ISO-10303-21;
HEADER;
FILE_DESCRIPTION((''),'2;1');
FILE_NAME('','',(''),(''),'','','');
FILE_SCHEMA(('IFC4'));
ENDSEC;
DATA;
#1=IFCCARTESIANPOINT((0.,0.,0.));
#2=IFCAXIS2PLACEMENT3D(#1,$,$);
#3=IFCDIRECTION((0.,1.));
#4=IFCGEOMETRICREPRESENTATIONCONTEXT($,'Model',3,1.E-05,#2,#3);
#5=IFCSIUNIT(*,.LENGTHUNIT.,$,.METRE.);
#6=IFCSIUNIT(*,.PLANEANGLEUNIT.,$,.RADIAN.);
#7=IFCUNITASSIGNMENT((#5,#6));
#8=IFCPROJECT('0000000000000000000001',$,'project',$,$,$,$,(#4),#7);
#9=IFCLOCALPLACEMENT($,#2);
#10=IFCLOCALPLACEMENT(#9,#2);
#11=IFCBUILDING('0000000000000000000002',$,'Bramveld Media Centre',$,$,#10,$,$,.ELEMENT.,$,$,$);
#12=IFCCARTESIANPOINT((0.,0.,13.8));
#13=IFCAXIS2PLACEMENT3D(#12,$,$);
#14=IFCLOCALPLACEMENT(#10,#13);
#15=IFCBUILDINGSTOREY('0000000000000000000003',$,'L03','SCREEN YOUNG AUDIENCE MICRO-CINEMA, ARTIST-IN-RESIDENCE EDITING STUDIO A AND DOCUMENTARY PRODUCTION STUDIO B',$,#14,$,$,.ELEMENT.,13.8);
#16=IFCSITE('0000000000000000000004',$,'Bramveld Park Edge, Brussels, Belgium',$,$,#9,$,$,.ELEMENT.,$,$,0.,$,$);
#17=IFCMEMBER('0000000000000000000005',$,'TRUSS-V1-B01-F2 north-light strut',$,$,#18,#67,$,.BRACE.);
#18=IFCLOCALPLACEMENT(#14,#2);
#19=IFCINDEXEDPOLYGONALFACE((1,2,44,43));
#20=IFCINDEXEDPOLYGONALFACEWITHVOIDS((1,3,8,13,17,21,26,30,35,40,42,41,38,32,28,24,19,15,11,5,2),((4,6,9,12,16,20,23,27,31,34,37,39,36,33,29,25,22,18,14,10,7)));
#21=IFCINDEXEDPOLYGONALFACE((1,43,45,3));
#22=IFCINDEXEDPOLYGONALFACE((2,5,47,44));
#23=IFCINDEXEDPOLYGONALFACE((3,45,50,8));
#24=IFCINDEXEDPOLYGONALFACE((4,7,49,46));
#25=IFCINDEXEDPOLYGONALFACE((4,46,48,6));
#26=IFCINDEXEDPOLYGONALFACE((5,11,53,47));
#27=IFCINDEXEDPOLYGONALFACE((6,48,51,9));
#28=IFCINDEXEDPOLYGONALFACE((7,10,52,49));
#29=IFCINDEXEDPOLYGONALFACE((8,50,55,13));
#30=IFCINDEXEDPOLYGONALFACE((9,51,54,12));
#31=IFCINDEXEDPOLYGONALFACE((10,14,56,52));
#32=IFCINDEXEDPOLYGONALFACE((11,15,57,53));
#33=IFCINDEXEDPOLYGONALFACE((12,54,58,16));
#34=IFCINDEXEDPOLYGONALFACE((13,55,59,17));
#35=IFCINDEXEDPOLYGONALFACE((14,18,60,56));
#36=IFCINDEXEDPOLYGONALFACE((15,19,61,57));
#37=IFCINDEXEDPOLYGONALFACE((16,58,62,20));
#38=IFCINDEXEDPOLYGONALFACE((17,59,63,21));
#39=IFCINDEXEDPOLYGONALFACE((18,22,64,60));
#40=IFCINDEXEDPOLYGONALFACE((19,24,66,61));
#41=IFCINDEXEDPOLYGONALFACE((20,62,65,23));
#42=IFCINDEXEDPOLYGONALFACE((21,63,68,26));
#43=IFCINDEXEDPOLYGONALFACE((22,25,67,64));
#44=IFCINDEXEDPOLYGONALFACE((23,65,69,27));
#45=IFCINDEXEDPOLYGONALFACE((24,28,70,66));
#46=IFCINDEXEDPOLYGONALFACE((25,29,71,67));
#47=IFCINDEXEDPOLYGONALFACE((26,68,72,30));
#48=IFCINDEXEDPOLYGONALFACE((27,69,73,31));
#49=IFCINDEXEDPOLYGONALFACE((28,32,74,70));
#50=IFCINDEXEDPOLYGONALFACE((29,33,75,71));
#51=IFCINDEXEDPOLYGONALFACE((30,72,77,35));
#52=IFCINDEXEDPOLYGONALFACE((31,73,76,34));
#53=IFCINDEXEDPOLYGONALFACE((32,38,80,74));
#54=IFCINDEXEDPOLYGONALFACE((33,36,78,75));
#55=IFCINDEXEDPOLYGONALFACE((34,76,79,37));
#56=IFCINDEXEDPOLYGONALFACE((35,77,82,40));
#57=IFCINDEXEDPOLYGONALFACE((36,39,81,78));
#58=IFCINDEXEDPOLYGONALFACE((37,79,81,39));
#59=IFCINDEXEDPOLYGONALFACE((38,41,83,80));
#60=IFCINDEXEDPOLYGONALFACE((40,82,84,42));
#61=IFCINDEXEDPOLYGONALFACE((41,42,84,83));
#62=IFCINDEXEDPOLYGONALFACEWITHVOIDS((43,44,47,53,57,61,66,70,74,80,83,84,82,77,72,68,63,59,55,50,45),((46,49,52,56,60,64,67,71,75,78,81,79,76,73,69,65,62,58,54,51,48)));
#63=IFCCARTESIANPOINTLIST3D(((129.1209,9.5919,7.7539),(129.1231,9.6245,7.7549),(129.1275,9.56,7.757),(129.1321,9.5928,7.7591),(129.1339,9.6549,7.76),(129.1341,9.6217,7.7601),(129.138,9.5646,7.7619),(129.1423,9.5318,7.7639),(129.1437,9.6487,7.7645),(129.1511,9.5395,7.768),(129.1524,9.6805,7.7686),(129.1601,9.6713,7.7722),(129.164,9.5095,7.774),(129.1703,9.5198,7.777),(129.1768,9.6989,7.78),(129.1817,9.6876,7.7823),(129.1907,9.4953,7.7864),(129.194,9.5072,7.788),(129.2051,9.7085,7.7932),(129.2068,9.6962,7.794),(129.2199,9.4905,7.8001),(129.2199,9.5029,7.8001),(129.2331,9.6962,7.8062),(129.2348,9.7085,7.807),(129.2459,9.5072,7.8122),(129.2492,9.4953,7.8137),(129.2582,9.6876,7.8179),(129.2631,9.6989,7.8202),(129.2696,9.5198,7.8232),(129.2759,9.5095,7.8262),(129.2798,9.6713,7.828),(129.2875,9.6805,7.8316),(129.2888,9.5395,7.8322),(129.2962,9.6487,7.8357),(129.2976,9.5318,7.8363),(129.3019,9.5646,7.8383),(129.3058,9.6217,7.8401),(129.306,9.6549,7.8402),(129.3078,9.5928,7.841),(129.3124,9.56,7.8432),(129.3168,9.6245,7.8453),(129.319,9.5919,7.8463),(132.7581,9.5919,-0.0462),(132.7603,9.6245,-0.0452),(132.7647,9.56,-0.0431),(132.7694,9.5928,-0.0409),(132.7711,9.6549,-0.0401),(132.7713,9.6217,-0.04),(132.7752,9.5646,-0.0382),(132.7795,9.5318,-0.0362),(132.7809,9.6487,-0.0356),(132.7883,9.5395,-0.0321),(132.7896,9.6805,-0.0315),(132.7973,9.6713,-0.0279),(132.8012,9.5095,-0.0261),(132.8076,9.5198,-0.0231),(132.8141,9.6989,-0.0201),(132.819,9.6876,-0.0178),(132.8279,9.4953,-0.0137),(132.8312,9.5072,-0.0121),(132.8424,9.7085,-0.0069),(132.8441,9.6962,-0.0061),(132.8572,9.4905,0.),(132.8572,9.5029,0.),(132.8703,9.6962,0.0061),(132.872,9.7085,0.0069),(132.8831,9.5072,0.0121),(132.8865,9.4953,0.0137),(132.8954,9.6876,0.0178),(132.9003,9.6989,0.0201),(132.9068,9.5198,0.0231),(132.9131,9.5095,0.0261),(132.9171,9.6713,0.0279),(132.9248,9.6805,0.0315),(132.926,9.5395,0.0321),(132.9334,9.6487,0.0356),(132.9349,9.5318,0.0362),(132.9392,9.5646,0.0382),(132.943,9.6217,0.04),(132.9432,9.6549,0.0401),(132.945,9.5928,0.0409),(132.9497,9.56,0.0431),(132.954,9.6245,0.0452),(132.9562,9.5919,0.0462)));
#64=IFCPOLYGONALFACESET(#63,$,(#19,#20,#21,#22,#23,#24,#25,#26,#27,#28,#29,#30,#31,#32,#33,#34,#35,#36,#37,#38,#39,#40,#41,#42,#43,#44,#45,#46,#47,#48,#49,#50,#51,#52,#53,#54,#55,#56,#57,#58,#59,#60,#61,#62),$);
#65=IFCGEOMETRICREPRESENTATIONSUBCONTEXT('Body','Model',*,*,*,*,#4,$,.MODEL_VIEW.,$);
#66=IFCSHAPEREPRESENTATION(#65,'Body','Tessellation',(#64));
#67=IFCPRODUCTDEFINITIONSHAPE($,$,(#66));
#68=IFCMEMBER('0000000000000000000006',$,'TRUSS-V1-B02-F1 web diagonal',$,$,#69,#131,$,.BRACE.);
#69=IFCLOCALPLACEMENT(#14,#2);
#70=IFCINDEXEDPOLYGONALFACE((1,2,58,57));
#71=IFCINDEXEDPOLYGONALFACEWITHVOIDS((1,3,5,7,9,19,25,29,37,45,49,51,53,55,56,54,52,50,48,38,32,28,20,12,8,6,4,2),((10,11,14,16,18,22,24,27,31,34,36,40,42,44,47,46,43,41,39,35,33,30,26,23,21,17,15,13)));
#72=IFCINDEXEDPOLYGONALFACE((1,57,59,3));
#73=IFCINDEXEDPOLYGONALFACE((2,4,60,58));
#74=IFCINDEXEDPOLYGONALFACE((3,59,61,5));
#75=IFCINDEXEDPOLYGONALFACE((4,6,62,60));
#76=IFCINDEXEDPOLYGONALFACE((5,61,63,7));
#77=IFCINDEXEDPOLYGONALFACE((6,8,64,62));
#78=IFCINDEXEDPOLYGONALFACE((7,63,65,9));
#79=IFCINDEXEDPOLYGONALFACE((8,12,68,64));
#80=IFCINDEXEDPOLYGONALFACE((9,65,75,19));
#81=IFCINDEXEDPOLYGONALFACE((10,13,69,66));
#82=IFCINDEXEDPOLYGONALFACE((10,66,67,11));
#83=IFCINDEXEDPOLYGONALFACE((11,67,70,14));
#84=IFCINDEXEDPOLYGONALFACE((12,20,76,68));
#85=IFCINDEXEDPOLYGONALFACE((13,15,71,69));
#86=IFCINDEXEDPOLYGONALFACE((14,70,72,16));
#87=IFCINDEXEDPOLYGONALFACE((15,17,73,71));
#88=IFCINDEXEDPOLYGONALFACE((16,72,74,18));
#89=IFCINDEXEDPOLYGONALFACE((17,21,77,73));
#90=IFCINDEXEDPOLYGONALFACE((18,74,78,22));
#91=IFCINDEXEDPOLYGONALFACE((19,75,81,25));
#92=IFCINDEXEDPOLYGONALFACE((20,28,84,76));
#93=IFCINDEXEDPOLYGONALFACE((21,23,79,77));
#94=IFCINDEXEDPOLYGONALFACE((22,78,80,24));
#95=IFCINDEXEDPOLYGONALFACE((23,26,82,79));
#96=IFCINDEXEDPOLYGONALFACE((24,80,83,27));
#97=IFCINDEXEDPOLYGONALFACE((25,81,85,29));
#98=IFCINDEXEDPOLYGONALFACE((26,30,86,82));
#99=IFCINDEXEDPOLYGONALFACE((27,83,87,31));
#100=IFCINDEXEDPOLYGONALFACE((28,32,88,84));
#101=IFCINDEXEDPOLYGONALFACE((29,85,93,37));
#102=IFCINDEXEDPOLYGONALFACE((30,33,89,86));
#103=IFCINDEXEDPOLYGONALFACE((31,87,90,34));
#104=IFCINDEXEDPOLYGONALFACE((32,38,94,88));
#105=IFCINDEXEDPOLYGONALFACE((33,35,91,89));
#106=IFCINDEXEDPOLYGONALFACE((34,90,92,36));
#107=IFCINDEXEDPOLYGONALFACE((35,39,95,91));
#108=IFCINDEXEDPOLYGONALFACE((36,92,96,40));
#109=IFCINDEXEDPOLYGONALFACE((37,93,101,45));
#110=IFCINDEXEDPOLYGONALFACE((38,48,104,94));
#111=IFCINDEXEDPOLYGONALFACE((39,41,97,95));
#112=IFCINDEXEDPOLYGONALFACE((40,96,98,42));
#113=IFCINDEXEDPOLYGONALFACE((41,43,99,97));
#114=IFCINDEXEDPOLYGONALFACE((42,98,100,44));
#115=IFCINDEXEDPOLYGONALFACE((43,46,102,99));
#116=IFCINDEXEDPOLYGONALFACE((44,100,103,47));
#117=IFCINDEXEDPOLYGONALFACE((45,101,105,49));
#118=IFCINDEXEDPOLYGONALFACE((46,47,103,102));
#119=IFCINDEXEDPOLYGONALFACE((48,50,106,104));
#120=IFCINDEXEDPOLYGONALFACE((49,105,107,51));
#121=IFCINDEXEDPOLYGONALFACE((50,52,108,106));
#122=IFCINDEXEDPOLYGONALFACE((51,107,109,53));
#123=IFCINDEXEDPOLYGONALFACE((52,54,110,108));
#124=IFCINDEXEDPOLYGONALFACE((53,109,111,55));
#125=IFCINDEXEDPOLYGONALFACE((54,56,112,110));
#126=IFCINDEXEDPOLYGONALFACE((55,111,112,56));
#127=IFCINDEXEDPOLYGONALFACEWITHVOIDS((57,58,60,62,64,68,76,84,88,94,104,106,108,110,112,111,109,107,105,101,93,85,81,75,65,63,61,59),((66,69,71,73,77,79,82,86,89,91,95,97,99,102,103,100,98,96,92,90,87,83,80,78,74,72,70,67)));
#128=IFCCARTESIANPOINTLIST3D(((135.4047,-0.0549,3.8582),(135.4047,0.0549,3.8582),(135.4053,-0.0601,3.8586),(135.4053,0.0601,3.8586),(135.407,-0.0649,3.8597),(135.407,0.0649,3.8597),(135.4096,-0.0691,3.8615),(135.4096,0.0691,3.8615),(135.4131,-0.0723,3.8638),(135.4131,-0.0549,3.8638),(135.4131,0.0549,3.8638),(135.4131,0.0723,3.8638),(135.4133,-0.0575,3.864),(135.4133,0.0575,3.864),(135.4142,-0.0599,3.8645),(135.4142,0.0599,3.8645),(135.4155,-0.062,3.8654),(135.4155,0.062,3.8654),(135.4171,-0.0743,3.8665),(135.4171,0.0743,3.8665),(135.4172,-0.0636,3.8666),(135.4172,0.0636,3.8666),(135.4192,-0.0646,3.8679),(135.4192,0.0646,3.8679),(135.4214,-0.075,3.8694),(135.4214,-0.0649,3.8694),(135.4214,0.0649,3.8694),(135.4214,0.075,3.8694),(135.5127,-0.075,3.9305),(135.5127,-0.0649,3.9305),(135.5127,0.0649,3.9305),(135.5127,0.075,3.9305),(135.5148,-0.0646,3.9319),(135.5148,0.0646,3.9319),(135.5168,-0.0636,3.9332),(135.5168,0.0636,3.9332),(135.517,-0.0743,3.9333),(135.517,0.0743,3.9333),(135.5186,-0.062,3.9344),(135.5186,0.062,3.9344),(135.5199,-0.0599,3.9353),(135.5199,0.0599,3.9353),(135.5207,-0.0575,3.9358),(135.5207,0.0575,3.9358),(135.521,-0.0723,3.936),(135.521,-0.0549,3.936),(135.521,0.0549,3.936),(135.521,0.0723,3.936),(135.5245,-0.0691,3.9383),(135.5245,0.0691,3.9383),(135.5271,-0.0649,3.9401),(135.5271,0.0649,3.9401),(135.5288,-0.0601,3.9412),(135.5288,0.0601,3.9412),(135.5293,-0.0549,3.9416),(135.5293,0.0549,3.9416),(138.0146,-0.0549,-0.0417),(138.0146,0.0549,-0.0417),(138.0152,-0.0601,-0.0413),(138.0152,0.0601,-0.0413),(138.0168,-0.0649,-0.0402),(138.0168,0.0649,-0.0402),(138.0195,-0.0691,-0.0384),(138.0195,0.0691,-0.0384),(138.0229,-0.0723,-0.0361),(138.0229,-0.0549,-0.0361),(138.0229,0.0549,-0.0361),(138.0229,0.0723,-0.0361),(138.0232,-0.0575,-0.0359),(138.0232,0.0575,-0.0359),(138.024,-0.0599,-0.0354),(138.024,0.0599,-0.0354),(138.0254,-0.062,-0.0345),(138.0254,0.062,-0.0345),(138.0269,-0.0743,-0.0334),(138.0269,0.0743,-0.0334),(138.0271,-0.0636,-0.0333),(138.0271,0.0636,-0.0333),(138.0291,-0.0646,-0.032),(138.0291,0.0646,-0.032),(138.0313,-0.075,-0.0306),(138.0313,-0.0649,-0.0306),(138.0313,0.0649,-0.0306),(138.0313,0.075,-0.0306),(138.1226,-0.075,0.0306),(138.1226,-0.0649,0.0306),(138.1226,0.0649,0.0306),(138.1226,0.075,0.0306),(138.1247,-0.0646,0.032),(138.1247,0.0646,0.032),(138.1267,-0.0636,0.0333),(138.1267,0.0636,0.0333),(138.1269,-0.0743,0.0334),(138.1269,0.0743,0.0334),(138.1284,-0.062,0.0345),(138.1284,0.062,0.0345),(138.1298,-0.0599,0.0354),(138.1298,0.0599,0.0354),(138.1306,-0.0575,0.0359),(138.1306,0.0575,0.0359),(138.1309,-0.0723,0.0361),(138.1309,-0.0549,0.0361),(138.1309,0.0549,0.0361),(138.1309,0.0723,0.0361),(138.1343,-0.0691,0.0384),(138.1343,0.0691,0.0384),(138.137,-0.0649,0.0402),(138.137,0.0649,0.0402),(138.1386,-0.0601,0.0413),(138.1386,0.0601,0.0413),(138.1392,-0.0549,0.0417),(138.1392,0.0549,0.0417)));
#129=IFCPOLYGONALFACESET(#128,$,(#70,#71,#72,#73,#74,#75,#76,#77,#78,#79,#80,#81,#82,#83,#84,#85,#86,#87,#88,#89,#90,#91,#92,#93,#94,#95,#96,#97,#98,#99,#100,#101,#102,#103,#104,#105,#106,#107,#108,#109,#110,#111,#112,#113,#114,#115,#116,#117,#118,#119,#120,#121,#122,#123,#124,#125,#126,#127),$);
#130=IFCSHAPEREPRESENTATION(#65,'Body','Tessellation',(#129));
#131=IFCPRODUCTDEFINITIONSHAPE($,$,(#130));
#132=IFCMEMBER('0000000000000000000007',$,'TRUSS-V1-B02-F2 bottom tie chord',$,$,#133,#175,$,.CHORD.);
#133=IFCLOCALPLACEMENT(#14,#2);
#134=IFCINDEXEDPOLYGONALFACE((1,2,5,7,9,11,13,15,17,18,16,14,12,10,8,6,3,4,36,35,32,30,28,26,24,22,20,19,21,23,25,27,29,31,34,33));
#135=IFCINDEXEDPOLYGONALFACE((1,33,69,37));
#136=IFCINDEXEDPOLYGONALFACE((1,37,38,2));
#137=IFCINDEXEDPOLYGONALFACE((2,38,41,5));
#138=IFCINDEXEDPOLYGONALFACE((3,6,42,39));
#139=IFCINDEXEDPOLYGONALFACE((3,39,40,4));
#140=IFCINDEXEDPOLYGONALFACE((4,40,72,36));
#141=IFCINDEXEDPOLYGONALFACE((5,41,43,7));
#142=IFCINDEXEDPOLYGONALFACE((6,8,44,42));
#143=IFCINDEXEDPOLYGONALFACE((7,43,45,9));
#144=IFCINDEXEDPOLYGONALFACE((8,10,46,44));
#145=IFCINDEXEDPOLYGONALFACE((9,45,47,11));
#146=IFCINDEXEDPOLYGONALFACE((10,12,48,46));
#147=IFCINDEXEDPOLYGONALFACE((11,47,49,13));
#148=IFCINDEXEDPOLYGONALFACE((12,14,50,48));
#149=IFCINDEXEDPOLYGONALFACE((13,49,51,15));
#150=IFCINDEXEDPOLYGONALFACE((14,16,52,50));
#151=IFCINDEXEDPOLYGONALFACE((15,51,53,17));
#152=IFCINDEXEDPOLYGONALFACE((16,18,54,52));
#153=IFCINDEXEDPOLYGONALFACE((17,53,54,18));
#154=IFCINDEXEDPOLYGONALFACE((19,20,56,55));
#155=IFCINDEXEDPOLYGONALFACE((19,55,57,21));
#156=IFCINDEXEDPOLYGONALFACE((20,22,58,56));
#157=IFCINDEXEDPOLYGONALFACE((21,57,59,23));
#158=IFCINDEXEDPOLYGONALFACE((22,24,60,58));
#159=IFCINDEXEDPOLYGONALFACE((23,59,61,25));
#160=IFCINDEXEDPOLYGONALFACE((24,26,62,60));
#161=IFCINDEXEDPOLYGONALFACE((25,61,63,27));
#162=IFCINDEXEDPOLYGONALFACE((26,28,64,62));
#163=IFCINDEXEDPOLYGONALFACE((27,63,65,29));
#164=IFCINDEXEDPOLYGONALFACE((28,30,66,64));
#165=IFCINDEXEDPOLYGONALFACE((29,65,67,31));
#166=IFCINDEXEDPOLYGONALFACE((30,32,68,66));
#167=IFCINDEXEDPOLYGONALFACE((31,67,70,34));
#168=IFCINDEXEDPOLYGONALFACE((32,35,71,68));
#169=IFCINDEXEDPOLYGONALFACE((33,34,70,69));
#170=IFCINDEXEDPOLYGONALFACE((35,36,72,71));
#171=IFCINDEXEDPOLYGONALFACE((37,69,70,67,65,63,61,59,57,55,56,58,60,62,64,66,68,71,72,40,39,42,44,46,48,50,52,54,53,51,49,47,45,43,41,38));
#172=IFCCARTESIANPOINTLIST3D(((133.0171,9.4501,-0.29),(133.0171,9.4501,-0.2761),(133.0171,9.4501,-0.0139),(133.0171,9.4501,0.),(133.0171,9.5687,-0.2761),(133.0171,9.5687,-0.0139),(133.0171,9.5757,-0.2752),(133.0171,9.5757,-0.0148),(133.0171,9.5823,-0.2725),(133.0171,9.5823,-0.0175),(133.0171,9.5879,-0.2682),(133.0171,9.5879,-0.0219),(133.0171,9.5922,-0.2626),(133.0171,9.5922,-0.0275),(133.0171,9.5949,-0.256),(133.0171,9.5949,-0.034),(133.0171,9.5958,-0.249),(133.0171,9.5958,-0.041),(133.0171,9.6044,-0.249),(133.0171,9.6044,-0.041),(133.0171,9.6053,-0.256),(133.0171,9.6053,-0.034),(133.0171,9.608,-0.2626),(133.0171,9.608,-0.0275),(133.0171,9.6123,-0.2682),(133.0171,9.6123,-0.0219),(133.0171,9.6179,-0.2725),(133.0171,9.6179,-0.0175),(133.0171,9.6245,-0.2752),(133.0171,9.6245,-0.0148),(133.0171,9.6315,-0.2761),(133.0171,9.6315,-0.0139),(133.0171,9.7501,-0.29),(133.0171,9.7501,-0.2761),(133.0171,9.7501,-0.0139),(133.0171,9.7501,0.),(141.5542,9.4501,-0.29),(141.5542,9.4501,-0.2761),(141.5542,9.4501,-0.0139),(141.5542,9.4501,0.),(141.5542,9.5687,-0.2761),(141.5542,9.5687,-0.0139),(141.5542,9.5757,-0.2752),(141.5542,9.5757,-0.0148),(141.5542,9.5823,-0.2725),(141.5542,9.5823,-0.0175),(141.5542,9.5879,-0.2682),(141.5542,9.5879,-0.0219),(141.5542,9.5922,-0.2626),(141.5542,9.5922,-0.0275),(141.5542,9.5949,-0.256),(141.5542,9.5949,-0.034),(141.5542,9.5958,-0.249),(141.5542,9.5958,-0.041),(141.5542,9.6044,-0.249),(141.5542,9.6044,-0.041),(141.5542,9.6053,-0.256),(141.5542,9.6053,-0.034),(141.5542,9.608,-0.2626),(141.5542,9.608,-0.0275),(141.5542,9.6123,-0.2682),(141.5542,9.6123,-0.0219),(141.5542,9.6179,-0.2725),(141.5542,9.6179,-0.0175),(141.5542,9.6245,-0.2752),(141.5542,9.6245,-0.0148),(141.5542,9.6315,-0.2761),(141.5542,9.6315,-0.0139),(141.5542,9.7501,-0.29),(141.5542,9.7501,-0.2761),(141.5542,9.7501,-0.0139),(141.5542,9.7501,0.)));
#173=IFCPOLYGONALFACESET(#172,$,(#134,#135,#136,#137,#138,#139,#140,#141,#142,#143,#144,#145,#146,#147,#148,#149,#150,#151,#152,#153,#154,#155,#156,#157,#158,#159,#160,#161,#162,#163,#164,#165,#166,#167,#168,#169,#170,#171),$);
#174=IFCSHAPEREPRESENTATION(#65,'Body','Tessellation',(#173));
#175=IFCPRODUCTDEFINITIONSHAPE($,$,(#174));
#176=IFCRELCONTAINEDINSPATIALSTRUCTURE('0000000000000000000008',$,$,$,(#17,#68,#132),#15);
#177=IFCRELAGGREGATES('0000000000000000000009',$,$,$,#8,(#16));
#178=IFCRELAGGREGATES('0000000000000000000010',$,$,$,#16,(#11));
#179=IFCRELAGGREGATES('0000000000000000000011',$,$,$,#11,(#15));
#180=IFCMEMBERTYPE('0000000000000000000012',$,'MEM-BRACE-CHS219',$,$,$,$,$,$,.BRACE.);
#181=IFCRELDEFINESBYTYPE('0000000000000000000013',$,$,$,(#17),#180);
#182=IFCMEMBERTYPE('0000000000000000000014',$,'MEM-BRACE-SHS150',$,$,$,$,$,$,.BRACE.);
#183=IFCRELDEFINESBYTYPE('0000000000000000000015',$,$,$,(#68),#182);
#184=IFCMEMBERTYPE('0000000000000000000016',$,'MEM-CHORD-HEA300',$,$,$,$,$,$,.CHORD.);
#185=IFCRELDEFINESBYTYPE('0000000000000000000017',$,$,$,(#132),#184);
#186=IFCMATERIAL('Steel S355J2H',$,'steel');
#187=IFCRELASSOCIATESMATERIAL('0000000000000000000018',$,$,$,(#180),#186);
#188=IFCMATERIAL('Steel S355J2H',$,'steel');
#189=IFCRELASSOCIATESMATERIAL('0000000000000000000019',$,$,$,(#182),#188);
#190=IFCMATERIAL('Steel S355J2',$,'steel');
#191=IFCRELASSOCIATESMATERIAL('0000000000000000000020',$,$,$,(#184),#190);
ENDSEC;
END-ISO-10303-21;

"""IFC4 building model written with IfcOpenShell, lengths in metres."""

from ifc_helpers import new_model, si_unit, direction, frame, origin, origin_2d, place, context, subcontext, project, spatial, hollow_rectangle, hollow_circle, i_section, extrude, material, material_profile, profile_set, type_object, element, save


model = new_model("IFC4")

# Units and contexts
model_context = context("Model", 3, precision=1e-05, world=origin(), true_north=direction((0.0, 1.0)))
body_context = subcontext(model_context, "Body", "Model", "MODEL_VIEW")
ifc_project = project(units=[si_unit("LENGTHUNIT", "METRE"), si_unit("PLANEANGLEUNIT", "RADIAN")], contexts=[model_context])

# Site, building, storey
site_placement = place(None, origin())
site = spatial("IfcSite", under=ifc_project, at=site_placement, Name="Bramveld Park Edge, Brussels, Belgium", CompositionType="ELEMENT", RefElevation=0.0)
building_placement = place(site_placement, origin())
building = spatial("IfcBuilding", under=site, at=building_placement, Name="Bramveld Media Centre", CompositionType="ELEMENT")
storey_placement = place(building_placement, frame((0.0, 0.0, 13.8)))
storey = spatial("IfcBuildingStorey", under=building, at=storey_placement, Name="L03", Description="SCREEN YOUNG AUDIENCE MICRO-CINEMA, ARTIST-IN-RESIDENCE EDITING STUDIO A AND DOCUMENTARY PRODUCTION STUDIO B", CompositionType="ELEMENT", Elevation=13.8)

# Members
ifc_material_1 = material(Name="Steel S355J2H", Category="steel")
ifc_material_profile_1 = material_profile(ifc_material_1, hollow_circle(Radius=0.1096, WallThickness=0.0125, at=origin_2d()), Name="CHS 219.1x12.5")
ifc_profile_set_1 = profile_set([ifc_material_profile_1], Name="Steel S355J2H")
member_type_1 = type_object("IfcMemberType", Name="MEM-BRACE-CHS219", PredefinedType="BRACE", material=ifc_profile_set_1)
for number, where, z_axis, x_axis, name in (
    (1, (132.8572, 9.6001, 0.0), (-0.422617, 0.0, 0.906308), (0.0, -1.0, 0.0), "TRUSS-V1-B01-F2 north-light strut"),
):
    element("IfcMember", number, at=place(storey_placement, frame(where, z_axis=z_axis, x_axis=x_axis)), inside=storey, type_object=member_type_1, Name=name, PredefinedType="BRACE", context=body_context, shape_type="SweptSolid", body=[
        extrude(hollow_circle(Radius=0.1096, WallThickness=0.0125, at=origin_2d()), origin(), (0.0, 0.0, 1.0), 8.6064),
    ])
ifc_material_2 = material(Name="Steel S355J2H", Category="steel")
ifc_material_profile_2 = material_profile(ifc_material_2, hollow_rectangle(XDim=0.1499, YDim=0.1499, WallThickness=0.01, InnerFilletRadius=0.01, OuterFilletRadius=0.02, at=origin_2d()), Name="SHS 150x150x10")
ifc_profile_set_2 = profile_set([ifc_material_profile_2], Name="Steel S355J2H")
member_type_2 = type_object("IfcMemberType", Name="MEM-BRACE-SHS150", PredefinedType="BRACE", material=ifc_profile_set_2)
member_1_placement = place(storey_placement, frame((138.0769, 0.0, 0.0), z_axis=(-0.556164, 0.0, 0.831073), x_axis=(0.0, -1.0, 0.0)))
element("IfcMember", 2, at=member_1_placement, inside=storey, type_object=member_type_2, Name="TRUSS-V1-B02-F1 web diagonal", PredefinedType="BRACE", context=body_context, shape_type="SweptSolid", body=[
    extrude(hollow_rectangle(XDim=0.1499, YDim=0.1499, WallThickness=0.01, InnerFilletRadius=0.01, OuterFilletRadius=0.02, at=origin_2d()), origin(), (0.0, 0.0, 1.0), 4.6926),
])
ifc_material_3 = material(Name="Steel S355J2", Category="steel")
ifc_material_profile_3 = material_profile(ifc_material_3, i_section(OverallWidth=0.3, OverallDepth=0.29, WebThickness=0.0085, FlangeThickness=0.0139, FilletRadius=0.0271, at=origin_2d()), Name="HEA 300")
ifc_profile_set_3 = profile_set([ifc_material_profile_3], Name="Steel S355J2")
member_type_3 = type_object("IfcMemberType", Name="MEM-CHORD-HEA300", PredefinedType="CHORD", material=ifc_profile_set_3)
member_2_placement = place(storey_placement, frame((133.0171, 9.6001, -0.145), z_axis=(1.0, 0.0, 0.0), x_axis=(0.0, 1.0, 0.0)))
element("IfcMember", 3, at=member_2_placement, inside=storey, type_object=member_type_3, Name="TRUSS-V1-B02-F2 bottom tie chord", PredefinedType="CHORD", context=body_context, shape_type="SweptSolid", body=[
    extrude(i_section(OverallWidth=0.3, OverallDepth=0.29, WebThickness=0.0085, FlangeThickness=0.0139, FilletRadius=0.0271, at=origin_2d()), origin(), (0.0, 0.0, 1.0), 8.5371),
])

save(model, "model.ifc")
